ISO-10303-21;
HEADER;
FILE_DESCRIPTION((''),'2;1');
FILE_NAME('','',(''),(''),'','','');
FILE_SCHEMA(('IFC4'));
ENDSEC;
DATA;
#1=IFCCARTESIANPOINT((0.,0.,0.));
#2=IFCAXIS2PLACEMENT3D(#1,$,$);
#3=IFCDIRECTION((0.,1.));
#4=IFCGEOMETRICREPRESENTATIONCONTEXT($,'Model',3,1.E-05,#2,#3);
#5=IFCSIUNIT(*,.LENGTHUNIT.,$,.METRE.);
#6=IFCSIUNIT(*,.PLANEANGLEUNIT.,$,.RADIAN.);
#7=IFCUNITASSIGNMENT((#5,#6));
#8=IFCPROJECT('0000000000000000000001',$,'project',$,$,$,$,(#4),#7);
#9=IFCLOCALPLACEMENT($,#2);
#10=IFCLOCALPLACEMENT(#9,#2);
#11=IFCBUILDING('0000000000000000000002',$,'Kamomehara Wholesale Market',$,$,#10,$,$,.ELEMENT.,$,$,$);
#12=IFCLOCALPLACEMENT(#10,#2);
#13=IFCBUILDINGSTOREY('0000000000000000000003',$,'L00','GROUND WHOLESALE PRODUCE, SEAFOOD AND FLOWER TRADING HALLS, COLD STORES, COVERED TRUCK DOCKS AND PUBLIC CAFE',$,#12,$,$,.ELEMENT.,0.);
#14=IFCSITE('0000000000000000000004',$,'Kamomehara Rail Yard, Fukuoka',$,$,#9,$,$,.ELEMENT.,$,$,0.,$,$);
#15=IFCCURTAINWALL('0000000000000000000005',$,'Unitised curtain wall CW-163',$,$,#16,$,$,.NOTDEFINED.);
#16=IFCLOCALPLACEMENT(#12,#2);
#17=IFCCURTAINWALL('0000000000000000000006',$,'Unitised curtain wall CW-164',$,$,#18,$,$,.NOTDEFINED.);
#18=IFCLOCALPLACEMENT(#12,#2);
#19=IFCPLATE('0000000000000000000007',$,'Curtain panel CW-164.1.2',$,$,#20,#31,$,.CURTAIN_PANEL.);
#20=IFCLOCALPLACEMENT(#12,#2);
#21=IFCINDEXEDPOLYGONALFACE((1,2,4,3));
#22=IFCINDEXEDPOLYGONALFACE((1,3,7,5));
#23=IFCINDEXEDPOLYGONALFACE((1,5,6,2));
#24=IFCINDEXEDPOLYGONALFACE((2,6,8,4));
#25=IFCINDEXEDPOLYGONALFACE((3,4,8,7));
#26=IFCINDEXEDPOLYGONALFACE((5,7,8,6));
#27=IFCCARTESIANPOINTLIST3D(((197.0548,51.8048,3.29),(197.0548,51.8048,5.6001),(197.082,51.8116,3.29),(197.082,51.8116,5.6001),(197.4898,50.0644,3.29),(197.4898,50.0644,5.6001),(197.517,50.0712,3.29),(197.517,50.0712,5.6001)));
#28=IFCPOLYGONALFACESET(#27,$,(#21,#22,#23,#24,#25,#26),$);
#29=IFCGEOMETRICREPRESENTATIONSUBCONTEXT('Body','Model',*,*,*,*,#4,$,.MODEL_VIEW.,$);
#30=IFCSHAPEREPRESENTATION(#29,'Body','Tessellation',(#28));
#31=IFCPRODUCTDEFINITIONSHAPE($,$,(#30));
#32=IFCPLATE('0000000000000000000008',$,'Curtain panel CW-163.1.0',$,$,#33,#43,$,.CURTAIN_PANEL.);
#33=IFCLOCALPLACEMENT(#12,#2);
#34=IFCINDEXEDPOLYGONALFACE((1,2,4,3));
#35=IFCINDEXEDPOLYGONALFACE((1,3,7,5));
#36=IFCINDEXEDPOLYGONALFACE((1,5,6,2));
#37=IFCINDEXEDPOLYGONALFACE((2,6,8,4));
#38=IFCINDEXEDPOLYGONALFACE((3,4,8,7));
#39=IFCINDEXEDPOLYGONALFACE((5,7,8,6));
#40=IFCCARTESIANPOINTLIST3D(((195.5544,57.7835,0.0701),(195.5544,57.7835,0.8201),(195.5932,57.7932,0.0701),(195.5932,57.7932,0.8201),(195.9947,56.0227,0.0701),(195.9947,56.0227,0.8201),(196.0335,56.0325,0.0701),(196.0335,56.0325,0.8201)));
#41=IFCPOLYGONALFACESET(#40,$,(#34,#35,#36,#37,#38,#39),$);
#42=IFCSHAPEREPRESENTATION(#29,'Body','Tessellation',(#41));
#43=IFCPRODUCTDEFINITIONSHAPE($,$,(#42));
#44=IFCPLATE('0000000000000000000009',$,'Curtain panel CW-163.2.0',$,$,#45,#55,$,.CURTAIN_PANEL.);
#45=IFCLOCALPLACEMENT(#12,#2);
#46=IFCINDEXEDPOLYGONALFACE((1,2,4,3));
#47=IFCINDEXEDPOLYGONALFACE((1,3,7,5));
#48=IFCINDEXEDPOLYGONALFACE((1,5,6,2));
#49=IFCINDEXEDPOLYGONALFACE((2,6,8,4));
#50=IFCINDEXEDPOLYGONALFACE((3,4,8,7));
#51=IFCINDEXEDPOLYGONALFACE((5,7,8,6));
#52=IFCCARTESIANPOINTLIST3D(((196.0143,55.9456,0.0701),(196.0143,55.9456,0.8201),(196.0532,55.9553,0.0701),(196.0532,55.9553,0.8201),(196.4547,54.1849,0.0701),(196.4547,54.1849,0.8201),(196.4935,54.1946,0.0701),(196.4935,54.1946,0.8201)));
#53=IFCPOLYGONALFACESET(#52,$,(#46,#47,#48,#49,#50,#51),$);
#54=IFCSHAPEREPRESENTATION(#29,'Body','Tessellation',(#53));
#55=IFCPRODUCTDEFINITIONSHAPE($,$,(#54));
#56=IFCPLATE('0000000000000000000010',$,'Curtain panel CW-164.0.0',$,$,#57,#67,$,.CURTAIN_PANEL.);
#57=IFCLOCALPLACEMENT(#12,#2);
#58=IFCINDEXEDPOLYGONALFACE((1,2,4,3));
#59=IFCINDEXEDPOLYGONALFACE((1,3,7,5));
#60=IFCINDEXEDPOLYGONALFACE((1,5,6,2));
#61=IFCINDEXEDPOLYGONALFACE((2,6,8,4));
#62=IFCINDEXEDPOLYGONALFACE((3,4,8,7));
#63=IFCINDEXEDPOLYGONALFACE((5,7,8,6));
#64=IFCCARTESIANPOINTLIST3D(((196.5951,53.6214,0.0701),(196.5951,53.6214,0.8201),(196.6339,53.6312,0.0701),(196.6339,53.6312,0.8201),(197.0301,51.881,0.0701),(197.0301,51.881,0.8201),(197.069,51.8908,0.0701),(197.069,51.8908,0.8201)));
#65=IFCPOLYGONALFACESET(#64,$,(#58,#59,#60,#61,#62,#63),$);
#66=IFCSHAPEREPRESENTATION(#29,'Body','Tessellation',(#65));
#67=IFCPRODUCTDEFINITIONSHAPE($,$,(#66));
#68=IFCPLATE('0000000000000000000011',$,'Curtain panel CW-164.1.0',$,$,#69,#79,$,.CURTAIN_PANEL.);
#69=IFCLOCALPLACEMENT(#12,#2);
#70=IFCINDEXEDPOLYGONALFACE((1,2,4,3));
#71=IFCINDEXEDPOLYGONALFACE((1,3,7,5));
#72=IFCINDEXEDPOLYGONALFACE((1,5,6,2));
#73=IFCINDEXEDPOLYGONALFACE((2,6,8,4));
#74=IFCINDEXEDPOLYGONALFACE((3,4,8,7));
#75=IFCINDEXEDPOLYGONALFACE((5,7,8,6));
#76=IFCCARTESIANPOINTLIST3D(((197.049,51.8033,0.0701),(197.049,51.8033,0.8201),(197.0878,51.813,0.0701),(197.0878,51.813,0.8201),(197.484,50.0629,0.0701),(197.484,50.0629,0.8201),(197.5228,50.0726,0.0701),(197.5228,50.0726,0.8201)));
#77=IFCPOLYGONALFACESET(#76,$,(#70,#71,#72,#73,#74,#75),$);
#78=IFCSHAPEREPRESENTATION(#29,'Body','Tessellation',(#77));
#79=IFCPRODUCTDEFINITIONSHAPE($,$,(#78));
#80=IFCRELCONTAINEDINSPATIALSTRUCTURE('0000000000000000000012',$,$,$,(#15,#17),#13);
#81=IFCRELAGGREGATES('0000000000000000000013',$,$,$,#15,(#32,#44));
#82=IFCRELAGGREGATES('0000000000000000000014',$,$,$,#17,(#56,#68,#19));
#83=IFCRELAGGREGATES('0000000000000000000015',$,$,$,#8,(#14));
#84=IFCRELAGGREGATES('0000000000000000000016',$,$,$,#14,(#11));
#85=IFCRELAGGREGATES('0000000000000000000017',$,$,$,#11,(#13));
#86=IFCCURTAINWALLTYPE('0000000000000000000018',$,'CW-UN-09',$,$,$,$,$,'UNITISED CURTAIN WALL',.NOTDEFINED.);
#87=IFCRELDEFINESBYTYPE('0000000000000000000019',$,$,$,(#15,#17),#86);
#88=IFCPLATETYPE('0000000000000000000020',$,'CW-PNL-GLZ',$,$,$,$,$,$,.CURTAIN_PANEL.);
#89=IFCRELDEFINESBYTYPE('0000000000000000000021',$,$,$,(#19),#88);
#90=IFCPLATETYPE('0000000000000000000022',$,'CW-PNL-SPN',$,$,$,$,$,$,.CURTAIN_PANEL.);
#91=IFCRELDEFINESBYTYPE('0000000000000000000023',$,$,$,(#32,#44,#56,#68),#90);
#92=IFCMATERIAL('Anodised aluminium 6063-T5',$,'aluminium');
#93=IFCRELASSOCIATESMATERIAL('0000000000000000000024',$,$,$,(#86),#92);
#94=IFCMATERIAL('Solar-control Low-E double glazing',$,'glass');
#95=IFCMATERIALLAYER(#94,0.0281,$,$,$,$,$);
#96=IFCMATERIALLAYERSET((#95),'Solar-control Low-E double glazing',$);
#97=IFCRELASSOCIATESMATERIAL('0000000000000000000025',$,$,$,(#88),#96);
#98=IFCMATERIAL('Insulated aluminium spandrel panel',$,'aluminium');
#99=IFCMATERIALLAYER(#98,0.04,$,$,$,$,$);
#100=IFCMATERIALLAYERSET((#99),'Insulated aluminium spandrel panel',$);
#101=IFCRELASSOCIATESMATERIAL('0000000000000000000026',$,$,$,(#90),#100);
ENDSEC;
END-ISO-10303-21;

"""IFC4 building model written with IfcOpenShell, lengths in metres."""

from ifc_helpers import new_model, si_unit, direction, frame, origin, origin_2d, place, context, subcontext, project, spatial, rectangle, extrude, material, layer, layer_set, type_object, element, aggregate, save


model = new_model("IFC4")

# Units and contexts
model_context = context("Model", 3, precision=1e-05, world=origin(), true_north=direction((0.0, 1.0)))
body_context = subcontext(model_context, "Body", "Model", "MODEL_VIEW")
ifc_project = project(units=[si_unit("LENGTHUNIT", "METRE"), si_unit("PLANEANGLEUNIT", "RADIAN")], contexts=[model_context])

# Site, building, storey
site_placement = place(None, origin())
site = spatial("IfcSite", under=ifc_project, at=site_placement, Name="Kamomehara Rail Yard, Fukuoka", CompositionType="ELEMENT", RefElevation=0.0)
building_placement = place(site_placement, origin())
building = spatial("IfcBuilding", under=site, at=building_placement, Name="Kamomehara Wholesale Market", CompositionType="ELEMENT")
storey_placement = place(building_placement, origin())
storey = spatial("IfcBuildingStorey", under=building, at=storey_placement, Name="L00", Description="GROUND WHOLESALE PRODUCE, SEAFOOD AND FLOWER TRADING HALLS, COLD STORES, COVERED TRUCK DOCKS AND PUBLIC CAFE", CompositionType="ELEMENT", Elevation=0.0)

# Curtain walls
ifc_material_1 = material(Name="Anodised aluminium 6063-T5", Category="aluminium")
curtain_wall_type = type_object("IfcCurtainWallType", Name="CW-UN-09", ElementType="UNITISED CURTAIN WALL", PredefinedType="NOTDEFINED", material=ifc_material_1)
curtain_wall_1_placement = place(storey_placement, origin())
curtain_wall_1 = element("IfcCurtainWall", 1, at=curtain_wall_1_placement, inside=storey, type_object=curtain_wall_type, Name="Unitised curtain wall CW-163", PredefinedType="NOTDEFINED")
curtain_wall_2_placement = place(storey_placement, origin())
curtain_wall_2 = element("IfcCurtainWall", 2, at=curtain_wall_2_placement, inside=storey, type_object=curtain_wall_type, Name="Unitised curtain wall CW-164", PredefinedType="NOTDEFINED")

# Plates
ifc_material_2 = material(Name="Solar-control Low-E double glazing", Category="glass")
ifc_layer_1 = layer(ifc_material_2, 0.0281)
ifc_layer_set_1 = layer_set([ifc_layer_1], Name="Solar-control Low-E double glazing")
plate_type_1 = type_object("IfcPlateType", Name="CW-PNL-GLZ", PredefinedType="CURTAIN_PANEL", material=ifc_layer_set_1)
plate_1_placement = place(storey_placement, frame((197.2859, 50.938, 3.29), z_axis=(0.0, 0.0, 1.0), x_axis=(0.242498, -0.970152, 0.0)))
plate_1 = element("IfcPlate", 3, at=plate_1_placement, type_object=plate_type_1, Name="Curtain panel CW-164.1.2", PredefinedType="CURTAIN_PANEL", context=body_context, shape_type="SweptSolid", body=[
    extrude(rectangle(XDim=1.7939, YDim=0.0281, at=origin_2d()), origin(), (0.0, 0.0, 1.0), 2.3101),
])
ifc_material_3 = material(Name="Insulated aluminium spandrel panel", Category="aluminium")
ifc_layer_2 = layer(ifc_material_3, 0.04)
ifc_layer_set_2 = layer_set([ifc_layer_2], Name="Insulated aluminium spandrel panel")
plate_type_2 = type_object("IfcPlateType", Name="CW-PNL-SPN", PredefinedType="CURTAIN_PANEL", material=ifc_layer_set_2)
plate_2_placement = place(storey_placement, frame((195.7939, 56.908, 0.0701), z_axis=(0.0, 0.0, 1.0), x_axis=(0.242616, -0.970122, 0.0)))
plate_2 = element("IfcPlate", 4, at=plate_2_placement, type_object=plate_type_2, Name="Curtain panel CW-163.1.0", PredefinedType="CURTAIN_PANEL", context=body_context, shape_type="SweptSolid", body=[
    extrude(rectangle(XDim=1.8149, YDim=0.04, at=origin_2d()), origin(), (0.0, 0.0, 1.0), 0.75),
])
plate_3_placement = place(storey_placement, frame((196.2539, 55.0701, 0.0701), z_axis=(0.0, 0.0, 1.0), x_axis=(0.242616, -0.970122, 0.0)))
plate_3 = element("IfcPlate", 5, at=plate_3_placement, type_object=plate_type_2, Name="Curtain panel CW-163.2.0", PredefinedType="CURTAIN_PANEL", context=body_context, shape_type="SweptSolid", body=[
    extrude(rectangle(XDim=1.8149, YDim=0.04, at=origin_2d()), origin(), (0.0, 0.0, 1.0), 0.75),
])
aggregate(curtain_wall_1, [plate_2, plate_3])
plate_4_placement = place(storey_placement, frame((196.832, 52.7561, 0.0701), z_axis=(0.0, 0.0, 1.0), x_axis=(0.242498, -0.970152, 0.0)))
plate_4 = element("IfcPlate", 6, at=plate_4_placement, type_object=plate_type_2, Name="Curtain panel CW-164.0.0", PredefinedType="CURTAIN_PANEL", context=body_context, shape_type="SweptSolid", body=[
    extrude(rectangle(XDim=1.7939, YDim=0.04, at=origin_2d()), origin(), (0.0, 0.0, 1.0), 0.75),
])
plate_5_placement = place(storey_placement, frame((197.2859, 50.938, 0.0701), z_axis=(0.0, 0.0, 1.0), x_axis=(0.242498, -0.970152, 0.0)))
plate_5 = element("IfcPlate", 7, at=plate_5_placement, type_object=plate_type_2, Name="Curtain panel CW-164.1.0", PredefinedType="CURTAIN_PANEL", context=body_context, shape_type="SweptSolid", body=[
    extrude(rectangle(XDim=1.7939, YDim=0.04, at=origin_2d()), origin(), (0.0, 0.0, 1.0), 0.75),
])
aggregate(curtain_wall_2, [plate_4, plate_5, plate_1])

save(model, "model.ifc")
